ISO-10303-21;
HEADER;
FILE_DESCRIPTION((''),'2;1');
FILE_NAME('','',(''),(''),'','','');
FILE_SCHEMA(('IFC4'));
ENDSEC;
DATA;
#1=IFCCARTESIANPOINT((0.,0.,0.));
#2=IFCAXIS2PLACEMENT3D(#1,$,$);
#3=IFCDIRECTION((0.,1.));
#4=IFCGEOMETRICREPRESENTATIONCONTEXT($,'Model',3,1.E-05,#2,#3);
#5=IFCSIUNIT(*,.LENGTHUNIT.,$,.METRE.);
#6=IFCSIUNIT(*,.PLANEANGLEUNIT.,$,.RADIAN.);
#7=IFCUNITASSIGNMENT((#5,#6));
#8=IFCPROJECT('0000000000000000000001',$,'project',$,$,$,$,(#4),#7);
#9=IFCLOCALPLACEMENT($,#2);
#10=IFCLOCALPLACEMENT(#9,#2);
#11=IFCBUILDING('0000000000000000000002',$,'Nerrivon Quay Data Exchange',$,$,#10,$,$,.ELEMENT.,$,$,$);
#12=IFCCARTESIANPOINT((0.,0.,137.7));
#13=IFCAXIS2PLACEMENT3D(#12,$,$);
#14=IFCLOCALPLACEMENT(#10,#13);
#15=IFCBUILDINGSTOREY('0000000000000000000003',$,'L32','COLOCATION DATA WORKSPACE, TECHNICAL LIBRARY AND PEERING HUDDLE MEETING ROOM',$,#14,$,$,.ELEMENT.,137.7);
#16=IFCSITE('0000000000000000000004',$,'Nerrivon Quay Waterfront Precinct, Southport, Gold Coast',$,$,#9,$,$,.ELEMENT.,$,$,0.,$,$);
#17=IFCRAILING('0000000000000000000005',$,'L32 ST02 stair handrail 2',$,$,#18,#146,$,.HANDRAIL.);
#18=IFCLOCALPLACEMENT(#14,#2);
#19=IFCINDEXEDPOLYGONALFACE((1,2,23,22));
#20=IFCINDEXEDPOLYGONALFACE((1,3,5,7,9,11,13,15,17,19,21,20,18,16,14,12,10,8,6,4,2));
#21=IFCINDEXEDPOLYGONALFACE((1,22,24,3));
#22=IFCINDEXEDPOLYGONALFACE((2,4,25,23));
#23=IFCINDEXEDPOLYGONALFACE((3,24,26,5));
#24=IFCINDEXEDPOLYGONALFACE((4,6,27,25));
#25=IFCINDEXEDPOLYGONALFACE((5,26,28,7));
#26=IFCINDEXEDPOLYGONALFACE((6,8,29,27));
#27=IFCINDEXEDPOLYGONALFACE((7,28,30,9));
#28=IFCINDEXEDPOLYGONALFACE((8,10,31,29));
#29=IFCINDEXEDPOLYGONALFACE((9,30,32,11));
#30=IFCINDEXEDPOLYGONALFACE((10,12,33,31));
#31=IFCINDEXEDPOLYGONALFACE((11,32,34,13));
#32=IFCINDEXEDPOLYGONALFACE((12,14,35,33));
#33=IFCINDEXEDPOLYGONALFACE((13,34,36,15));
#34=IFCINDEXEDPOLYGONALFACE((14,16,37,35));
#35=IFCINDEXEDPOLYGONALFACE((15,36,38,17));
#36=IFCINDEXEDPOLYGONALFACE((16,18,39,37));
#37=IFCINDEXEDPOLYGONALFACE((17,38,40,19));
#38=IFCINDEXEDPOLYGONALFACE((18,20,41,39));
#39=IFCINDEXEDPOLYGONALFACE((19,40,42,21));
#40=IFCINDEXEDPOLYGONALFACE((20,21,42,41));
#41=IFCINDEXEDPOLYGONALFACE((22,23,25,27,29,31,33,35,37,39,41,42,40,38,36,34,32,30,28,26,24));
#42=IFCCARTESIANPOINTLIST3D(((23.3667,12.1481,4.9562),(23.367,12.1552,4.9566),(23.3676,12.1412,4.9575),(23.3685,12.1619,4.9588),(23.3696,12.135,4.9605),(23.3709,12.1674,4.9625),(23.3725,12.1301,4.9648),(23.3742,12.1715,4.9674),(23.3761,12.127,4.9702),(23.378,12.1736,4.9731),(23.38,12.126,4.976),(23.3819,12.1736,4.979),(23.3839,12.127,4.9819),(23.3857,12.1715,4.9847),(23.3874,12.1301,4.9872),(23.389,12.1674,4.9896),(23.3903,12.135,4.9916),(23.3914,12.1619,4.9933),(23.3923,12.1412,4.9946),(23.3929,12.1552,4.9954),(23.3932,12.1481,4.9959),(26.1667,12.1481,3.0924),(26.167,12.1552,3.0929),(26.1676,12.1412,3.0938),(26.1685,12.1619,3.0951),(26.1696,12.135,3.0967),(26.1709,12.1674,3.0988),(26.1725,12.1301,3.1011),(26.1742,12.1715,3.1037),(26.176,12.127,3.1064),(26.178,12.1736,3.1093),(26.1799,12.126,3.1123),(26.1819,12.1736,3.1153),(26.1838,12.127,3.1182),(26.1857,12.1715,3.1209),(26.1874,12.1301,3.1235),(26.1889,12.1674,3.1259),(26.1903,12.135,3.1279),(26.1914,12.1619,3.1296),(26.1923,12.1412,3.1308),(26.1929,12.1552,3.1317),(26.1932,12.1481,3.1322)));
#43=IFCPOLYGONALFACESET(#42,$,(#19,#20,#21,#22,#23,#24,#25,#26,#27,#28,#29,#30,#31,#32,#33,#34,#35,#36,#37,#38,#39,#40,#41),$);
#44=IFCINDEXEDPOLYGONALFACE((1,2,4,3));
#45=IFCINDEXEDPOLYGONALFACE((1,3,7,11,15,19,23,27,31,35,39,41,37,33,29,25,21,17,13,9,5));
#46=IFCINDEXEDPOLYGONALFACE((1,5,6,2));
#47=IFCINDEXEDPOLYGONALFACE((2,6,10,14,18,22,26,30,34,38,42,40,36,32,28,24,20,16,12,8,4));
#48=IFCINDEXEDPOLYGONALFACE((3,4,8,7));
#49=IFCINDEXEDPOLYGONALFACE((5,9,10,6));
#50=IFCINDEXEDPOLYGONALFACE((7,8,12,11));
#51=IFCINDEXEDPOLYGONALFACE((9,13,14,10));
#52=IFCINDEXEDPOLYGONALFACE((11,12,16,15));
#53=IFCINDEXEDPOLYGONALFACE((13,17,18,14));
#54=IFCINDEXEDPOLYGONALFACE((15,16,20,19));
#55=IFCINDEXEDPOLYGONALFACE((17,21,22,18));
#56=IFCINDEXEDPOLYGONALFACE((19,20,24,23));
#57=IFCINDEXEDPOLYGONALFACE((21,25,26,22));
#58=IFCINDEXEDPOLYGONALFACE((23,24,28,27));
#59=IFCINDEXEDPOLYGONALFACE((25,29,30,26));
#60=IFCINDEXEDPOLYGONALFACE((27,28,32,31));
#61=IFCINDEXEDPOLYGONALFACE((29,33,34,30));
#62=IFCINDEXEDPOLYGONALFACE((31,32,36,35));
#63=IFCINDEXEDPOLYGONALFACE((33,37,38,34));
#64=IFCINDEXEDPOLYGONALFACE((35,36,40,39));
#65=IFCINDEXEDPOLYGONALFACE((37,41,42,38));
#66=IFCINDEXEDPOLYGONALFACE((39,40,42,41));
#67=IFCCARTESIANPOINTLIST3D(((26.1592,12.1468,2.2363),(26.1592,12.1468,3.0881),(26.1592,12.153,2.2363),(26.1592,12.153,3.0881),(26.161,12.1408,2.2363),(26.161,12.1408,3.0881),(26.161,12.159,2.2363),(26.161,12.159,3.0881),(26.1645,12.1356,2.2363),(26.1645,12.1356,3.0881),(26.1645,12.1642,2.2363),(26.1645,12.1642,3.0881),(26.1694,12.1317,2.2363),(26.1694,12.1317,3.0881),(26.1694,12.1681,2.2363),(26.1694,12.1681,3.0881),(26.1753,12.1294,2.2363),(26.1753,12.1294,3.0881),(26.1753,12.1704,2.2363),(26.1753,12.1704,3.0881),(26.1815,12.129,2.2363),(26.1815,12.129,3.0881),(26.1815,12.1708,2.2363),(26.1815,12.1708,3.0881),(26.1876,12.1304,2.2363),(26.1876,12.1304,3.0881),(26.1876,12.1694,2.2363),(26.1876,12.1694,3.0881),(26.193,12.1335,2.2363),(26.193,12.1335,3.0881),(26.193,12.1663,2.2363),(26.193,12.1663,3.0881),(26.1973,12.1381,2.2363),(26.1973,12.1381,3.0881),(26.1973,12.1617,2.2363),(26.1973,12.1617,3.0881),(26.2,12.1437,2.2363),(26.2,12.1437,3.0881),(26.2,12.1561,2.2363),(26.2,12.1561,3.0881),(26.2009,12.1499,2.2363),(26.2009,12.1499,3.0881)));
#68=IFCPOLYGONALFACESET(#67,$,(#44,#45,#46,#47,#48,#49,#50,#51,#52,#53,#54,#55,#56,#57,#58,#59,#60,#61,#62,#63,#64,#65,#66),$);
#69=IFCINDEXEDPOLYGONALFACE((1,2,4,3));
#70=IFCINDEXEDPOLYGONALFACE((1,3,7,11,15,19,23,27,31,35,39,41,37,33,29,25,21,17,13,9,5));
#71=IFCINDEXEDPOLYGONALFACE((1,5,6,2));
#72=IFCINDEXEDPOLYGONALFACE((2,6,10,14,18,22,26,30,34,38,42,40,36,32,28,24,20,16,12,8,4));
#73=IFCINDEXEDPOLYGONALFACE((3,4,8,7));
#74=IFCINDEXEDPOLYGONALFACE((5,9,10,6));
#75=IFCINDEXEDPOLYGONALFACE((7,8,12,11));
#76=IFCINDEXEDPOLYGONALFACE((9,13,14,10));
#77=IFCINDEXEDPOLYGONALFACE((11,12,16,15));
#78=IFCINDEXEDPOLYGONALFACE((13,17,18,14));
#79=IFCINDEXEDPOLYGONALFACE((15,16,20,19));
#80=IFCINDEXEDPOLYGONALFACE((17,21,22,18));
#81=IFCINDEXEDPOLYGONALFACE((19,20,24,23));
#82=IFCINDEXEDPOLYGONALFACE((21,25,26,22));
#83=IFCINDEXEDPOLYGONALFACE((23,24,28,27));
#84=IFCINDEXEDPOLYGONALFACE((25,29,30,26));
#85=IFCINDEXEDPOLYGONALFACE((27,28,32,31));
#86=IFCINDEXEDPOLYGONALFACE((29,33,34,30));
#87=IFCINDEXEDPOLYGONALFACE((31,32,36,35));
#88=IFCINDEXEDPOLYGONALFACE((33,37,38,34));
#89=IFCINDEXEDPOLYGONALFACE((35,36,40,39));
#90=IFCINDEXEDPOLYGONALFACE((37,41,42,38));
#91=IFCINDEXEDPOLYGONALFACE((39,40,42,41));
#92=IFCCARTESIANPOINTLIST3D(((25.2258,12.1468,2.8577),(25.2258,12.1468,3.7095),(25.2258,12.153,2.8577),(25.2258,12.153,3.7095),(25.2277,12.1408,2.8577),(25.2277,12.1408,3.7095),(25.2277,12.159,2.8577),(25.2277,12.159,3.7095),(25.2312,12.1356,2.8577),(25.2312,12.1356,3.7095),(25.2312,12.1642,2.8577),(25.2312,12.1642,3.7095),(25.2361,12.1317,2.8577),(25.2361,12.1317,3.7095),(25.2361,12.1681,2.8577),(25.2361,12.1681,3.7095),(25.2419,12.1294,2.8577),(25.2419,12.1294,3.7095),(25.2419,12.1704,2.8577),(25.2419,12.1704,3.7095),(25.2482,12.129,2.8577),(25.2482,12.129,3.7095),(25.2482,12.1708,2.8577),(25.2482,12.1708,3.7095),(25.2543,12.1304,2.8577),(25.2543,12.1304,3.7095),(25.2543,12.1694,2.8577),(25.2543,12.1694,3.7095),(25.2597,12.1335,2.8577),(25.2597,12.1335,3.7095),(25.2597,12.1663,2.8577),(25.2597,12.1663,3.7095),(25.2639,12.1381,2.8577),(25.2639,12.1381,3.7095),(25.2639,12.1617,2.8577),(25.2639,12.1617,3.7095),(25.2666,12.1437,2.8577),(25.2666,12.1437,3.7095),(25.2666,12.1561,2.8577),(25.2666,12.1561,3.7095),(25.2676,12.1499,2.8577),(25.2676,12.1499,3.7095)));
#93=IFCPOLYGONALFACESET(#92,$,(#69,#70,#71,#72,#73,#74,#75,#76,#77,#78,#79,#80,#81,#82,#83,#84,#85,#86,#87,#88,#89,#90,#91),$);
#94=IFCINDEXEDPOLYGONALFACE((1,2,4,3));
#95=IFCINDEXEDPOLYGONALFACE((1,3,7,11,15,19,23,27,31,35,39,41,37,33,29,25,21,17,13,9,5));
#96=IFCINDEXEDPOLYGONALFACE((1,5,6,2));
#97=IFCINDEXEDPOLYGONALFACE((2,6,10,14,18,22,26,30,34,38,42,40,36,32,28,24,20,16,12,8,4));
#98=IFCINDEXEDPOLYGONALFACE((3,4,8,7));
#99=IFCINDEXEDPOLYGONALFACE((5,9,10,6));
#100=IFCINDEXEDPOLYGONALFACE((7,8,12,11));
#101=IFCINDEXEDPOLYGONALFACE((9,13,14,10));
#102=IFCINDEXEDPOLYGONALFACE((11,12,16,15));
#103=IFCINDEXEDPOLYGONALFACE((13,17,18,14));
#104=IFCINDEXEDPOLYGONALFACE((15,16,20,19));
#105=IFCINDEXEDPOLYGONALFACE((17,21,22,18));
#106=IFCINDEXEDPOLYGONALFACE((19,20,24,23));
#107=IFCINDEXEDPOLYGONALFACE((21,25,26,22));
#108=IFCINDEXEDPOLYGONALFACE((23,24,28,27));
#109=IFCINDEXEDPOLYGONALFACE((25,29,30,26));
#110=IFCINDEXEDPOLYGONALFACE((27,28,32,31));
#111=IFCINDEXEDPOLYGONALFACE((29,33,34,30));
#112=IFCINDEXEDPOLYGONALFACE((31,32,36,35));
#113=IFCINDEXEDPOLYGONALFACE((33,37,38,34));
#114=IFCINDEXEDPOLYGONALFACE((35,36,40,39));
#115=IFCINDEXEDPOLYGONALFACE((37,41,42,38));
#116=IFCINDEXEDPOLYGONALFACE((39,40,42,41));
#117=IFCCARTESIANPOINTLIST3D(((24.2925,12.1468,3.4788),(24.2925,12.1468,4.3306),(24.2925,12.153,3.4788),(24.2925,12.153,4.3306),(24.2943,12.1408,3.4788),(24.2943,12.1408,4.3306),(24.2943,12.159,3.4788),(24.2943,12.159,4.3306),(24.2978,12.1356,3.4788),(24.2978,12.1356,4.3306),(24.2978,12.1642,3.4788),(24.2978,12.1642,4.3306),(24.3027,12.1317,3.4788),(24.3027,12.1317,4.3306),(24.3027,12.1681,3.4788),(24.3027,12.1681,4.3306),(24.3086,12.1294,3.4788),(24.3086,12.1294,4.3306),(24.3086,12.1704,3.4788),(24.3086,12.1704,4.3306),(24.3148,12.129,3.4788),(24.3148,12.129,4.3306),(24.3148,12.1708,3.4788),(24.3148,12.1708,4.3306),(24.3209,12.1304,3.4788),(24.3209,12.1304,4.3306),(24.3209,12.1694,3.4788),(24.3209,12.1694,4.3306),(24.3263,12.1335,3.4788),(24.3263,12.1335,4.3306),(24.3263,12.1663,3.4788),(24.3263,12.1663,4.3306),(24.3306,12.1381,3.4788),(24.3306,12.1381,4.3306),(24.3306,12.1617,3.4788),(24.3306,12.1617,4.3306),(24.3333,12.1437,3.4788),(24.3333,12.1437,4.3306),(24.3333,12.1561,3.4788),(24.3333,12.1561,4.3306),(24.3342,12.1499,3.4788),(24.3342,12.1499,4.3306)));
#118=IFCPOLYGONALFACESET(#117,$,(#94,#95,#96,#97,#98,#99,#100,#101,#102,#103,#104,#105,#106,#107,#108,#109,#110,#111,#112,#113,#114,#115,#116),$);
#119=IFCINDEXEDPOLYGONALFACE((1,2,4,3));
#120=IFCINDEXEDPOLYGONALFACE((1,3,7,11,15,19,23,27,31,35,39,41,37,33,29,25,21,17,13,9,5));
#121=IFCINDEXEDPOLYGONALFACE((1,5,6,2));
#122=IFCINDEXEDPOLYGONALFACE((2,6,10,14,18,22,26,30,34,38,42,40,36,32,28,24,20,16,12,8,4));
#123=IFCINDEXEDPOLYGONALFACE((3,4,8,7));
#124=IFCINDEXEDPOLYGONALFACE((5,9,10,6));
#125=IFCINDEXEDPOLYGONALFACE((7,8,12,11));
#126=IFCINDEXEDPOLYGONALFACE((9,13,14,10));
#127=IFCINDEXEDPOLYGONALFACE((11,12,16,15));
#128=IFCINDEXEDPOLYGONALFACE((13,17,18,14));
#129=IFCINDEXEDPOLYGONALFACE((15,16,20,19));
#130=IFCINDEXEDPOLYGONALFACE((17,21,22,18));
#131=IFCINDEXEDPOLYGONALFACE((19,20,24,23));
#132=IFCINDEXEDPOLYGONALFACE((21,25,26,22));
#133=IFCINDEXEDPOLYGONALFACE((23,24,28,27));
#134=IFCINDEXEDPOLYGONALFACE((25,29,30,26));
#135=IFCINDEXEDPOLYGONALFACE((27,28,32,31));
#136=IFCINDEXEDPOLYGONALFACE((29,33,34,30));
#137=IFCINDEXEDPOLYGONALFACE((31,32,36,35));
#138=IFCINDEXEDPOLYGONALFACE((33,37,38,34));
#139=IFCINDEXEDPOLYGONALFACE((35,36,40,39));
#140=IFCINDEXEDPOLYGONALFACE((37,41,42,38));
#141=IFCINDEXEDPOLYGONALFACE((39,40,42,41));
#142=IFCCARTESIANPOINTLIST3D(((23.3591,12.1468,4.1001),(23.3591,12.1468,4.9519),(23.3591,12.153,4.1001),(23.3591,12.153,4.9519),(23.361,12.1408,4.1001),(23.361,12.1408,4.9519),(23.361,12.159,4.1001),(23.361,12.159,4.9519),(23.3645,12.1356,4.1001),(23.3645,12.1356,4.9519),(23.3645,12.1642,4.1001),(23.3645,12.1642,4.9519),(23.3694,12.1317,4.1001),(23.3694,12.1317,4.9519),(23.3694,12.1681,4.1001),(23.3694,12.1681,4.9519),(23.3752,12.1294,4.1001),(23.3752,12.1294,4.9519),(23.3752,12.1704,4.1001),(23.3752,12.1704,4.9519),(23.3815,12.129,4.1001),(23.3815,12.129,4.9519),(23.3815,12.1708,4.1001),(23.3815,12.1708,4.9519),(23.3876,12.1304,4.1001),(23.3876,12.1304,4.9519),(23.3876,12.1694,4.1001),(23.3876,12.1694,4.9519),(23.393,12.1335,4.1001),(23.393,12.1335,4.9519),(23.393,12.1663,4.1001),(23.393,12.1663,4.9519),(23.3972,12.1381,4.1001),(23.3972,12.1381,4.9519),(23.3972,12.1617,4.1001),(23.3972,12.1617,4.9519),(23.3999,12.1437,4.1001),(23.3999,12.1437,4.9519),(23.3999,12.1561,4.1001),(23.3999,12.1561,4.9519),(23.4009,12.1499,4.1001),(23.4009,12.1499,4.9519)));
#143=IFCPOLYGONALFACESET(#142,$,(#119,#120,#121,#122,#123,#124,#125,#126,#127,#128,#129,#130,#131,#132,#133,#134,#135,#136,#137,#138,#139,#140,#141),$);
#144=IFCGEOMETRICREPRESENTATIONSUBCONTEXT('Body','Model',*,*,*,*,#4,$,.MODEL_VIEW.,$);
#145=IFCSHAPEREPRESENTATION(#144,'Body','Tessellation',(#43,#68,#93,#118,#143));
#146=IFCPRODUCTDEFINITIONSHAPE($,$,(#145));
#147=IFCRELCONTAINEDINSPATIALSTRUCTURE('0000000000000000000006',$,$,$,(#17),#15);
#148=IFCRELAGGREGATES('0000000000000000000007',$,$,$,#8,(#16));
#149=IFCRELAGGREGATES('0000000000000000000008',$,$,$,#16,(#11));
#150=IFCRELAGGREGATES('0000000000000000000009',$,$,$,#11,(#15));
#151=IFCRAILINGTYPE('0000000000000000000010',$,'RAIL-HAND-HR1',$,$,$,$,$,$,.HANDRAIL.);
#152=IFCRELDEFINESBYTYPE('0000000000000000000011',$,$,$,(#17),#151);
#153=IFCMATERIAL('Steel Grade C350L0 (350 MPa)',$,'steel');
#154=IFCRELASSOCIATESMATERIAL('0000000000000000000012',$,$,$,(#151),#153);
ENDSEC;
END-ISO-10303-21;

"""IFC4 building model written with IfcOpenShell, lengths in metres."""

from ifc_helpers import new_model, si_unit, direction, frame, origin, origin_2d, place, context, subcontext, project, spatial, circle, extrude, material, type_object, element, save


model = new_model("IFC4")

# Units and contexts
model_context = context("Model", 3, precision=1e-05, world=origin(), true_north=direction((0.0, 1.0)))
body_context = subcontext(model_context, "Body", "Model", "MODEL_VIEW")
ifc_project = project(units=[si_unit("LENGTHUNIT", "METRE"), si_unit("PLANEANGLEUNIT", "RADIAN")], contexts=[model_context])

# Site, building, storey
site_placement = place(None, origin())
site = spatial("IfcSite", under=ifc_project, at=site_placement, Name="Nerrivon Quay Waterfront Precinct, Southport, Gold Coast", CompositionType="ELEMENT", RefElevation=0.0)
building_placement = place(site_placement, origin())
building = spatial("IfcBuilding", under=site, at=building_placement, Name="Nerrivon Quay Data Exchange", CompositionType="ELEMENT")
storey_placement = place(building_placement, frame((0.0, 0.0, 137.7)))
storey = spatial("IfcBuildingStorey", under=building, at=storey_placement, Name="L32", Description="COLOCATION DATA WORKSPACE, TECHNICAL LIBRARY AND PEERING HUDDLE MEETING ROOM", CompositionType="ELEMENT", Elevation=137.7)

# Railing
ifc_material_1 = material(Name="Steel Grade C350L0 (350 MPa)", Category="steel")
railing_type_1 = type_object("IfcRailingType", Name="RAIL-HAND-HR1", PredefinedType="HANDRAIL", material=ifc_material_1)
railing_1_placement = place(storey_placement, frame((26.1799, 12.1499, 2.2363)))
element("IfcRailing", 1, at=railing_1_placement, inside=storey, type_object=railing_type_1, Name="L32 ST02 stair handrail 2", PredefinedType="HANDRAIL", context=body_context, shape_type="SweptSolid", body=[
    extrude(circle(Radius=0.0239, at=origin_2d()), frame((0.0, 0.0, 0.876), z_axis=(-0.832452, 0.0, 0.554097), x_axis=(0.0, -1.0, 0.0)), (0.0, 0.0, 1.0), 3.3635),
    extrude(circle(Radius=0.021, at=origin_2d()), origin(), (0.0, 0.0, 1.0), 0.8518),
    extrude(circle(Radius=0.021, at=origin_2d()), frame((-0.9333, 0.0, 0.6213)), (0.0, 0.0, 1.0), 0.8518),
    extrude(circle(Radius=0.021, at=origin_2d()), frame((-1.8667, 0.0, 1.2424)), (0.0, 0.0, 1.0), 0.8518),
    extrude(circle(Radius=0.021, at=origin_2d()), frame((-2.8, 0.0, 1.8638)), (0.0, 0.0, 1.0), 0.8518),
])

save(model, "model.ifc")
